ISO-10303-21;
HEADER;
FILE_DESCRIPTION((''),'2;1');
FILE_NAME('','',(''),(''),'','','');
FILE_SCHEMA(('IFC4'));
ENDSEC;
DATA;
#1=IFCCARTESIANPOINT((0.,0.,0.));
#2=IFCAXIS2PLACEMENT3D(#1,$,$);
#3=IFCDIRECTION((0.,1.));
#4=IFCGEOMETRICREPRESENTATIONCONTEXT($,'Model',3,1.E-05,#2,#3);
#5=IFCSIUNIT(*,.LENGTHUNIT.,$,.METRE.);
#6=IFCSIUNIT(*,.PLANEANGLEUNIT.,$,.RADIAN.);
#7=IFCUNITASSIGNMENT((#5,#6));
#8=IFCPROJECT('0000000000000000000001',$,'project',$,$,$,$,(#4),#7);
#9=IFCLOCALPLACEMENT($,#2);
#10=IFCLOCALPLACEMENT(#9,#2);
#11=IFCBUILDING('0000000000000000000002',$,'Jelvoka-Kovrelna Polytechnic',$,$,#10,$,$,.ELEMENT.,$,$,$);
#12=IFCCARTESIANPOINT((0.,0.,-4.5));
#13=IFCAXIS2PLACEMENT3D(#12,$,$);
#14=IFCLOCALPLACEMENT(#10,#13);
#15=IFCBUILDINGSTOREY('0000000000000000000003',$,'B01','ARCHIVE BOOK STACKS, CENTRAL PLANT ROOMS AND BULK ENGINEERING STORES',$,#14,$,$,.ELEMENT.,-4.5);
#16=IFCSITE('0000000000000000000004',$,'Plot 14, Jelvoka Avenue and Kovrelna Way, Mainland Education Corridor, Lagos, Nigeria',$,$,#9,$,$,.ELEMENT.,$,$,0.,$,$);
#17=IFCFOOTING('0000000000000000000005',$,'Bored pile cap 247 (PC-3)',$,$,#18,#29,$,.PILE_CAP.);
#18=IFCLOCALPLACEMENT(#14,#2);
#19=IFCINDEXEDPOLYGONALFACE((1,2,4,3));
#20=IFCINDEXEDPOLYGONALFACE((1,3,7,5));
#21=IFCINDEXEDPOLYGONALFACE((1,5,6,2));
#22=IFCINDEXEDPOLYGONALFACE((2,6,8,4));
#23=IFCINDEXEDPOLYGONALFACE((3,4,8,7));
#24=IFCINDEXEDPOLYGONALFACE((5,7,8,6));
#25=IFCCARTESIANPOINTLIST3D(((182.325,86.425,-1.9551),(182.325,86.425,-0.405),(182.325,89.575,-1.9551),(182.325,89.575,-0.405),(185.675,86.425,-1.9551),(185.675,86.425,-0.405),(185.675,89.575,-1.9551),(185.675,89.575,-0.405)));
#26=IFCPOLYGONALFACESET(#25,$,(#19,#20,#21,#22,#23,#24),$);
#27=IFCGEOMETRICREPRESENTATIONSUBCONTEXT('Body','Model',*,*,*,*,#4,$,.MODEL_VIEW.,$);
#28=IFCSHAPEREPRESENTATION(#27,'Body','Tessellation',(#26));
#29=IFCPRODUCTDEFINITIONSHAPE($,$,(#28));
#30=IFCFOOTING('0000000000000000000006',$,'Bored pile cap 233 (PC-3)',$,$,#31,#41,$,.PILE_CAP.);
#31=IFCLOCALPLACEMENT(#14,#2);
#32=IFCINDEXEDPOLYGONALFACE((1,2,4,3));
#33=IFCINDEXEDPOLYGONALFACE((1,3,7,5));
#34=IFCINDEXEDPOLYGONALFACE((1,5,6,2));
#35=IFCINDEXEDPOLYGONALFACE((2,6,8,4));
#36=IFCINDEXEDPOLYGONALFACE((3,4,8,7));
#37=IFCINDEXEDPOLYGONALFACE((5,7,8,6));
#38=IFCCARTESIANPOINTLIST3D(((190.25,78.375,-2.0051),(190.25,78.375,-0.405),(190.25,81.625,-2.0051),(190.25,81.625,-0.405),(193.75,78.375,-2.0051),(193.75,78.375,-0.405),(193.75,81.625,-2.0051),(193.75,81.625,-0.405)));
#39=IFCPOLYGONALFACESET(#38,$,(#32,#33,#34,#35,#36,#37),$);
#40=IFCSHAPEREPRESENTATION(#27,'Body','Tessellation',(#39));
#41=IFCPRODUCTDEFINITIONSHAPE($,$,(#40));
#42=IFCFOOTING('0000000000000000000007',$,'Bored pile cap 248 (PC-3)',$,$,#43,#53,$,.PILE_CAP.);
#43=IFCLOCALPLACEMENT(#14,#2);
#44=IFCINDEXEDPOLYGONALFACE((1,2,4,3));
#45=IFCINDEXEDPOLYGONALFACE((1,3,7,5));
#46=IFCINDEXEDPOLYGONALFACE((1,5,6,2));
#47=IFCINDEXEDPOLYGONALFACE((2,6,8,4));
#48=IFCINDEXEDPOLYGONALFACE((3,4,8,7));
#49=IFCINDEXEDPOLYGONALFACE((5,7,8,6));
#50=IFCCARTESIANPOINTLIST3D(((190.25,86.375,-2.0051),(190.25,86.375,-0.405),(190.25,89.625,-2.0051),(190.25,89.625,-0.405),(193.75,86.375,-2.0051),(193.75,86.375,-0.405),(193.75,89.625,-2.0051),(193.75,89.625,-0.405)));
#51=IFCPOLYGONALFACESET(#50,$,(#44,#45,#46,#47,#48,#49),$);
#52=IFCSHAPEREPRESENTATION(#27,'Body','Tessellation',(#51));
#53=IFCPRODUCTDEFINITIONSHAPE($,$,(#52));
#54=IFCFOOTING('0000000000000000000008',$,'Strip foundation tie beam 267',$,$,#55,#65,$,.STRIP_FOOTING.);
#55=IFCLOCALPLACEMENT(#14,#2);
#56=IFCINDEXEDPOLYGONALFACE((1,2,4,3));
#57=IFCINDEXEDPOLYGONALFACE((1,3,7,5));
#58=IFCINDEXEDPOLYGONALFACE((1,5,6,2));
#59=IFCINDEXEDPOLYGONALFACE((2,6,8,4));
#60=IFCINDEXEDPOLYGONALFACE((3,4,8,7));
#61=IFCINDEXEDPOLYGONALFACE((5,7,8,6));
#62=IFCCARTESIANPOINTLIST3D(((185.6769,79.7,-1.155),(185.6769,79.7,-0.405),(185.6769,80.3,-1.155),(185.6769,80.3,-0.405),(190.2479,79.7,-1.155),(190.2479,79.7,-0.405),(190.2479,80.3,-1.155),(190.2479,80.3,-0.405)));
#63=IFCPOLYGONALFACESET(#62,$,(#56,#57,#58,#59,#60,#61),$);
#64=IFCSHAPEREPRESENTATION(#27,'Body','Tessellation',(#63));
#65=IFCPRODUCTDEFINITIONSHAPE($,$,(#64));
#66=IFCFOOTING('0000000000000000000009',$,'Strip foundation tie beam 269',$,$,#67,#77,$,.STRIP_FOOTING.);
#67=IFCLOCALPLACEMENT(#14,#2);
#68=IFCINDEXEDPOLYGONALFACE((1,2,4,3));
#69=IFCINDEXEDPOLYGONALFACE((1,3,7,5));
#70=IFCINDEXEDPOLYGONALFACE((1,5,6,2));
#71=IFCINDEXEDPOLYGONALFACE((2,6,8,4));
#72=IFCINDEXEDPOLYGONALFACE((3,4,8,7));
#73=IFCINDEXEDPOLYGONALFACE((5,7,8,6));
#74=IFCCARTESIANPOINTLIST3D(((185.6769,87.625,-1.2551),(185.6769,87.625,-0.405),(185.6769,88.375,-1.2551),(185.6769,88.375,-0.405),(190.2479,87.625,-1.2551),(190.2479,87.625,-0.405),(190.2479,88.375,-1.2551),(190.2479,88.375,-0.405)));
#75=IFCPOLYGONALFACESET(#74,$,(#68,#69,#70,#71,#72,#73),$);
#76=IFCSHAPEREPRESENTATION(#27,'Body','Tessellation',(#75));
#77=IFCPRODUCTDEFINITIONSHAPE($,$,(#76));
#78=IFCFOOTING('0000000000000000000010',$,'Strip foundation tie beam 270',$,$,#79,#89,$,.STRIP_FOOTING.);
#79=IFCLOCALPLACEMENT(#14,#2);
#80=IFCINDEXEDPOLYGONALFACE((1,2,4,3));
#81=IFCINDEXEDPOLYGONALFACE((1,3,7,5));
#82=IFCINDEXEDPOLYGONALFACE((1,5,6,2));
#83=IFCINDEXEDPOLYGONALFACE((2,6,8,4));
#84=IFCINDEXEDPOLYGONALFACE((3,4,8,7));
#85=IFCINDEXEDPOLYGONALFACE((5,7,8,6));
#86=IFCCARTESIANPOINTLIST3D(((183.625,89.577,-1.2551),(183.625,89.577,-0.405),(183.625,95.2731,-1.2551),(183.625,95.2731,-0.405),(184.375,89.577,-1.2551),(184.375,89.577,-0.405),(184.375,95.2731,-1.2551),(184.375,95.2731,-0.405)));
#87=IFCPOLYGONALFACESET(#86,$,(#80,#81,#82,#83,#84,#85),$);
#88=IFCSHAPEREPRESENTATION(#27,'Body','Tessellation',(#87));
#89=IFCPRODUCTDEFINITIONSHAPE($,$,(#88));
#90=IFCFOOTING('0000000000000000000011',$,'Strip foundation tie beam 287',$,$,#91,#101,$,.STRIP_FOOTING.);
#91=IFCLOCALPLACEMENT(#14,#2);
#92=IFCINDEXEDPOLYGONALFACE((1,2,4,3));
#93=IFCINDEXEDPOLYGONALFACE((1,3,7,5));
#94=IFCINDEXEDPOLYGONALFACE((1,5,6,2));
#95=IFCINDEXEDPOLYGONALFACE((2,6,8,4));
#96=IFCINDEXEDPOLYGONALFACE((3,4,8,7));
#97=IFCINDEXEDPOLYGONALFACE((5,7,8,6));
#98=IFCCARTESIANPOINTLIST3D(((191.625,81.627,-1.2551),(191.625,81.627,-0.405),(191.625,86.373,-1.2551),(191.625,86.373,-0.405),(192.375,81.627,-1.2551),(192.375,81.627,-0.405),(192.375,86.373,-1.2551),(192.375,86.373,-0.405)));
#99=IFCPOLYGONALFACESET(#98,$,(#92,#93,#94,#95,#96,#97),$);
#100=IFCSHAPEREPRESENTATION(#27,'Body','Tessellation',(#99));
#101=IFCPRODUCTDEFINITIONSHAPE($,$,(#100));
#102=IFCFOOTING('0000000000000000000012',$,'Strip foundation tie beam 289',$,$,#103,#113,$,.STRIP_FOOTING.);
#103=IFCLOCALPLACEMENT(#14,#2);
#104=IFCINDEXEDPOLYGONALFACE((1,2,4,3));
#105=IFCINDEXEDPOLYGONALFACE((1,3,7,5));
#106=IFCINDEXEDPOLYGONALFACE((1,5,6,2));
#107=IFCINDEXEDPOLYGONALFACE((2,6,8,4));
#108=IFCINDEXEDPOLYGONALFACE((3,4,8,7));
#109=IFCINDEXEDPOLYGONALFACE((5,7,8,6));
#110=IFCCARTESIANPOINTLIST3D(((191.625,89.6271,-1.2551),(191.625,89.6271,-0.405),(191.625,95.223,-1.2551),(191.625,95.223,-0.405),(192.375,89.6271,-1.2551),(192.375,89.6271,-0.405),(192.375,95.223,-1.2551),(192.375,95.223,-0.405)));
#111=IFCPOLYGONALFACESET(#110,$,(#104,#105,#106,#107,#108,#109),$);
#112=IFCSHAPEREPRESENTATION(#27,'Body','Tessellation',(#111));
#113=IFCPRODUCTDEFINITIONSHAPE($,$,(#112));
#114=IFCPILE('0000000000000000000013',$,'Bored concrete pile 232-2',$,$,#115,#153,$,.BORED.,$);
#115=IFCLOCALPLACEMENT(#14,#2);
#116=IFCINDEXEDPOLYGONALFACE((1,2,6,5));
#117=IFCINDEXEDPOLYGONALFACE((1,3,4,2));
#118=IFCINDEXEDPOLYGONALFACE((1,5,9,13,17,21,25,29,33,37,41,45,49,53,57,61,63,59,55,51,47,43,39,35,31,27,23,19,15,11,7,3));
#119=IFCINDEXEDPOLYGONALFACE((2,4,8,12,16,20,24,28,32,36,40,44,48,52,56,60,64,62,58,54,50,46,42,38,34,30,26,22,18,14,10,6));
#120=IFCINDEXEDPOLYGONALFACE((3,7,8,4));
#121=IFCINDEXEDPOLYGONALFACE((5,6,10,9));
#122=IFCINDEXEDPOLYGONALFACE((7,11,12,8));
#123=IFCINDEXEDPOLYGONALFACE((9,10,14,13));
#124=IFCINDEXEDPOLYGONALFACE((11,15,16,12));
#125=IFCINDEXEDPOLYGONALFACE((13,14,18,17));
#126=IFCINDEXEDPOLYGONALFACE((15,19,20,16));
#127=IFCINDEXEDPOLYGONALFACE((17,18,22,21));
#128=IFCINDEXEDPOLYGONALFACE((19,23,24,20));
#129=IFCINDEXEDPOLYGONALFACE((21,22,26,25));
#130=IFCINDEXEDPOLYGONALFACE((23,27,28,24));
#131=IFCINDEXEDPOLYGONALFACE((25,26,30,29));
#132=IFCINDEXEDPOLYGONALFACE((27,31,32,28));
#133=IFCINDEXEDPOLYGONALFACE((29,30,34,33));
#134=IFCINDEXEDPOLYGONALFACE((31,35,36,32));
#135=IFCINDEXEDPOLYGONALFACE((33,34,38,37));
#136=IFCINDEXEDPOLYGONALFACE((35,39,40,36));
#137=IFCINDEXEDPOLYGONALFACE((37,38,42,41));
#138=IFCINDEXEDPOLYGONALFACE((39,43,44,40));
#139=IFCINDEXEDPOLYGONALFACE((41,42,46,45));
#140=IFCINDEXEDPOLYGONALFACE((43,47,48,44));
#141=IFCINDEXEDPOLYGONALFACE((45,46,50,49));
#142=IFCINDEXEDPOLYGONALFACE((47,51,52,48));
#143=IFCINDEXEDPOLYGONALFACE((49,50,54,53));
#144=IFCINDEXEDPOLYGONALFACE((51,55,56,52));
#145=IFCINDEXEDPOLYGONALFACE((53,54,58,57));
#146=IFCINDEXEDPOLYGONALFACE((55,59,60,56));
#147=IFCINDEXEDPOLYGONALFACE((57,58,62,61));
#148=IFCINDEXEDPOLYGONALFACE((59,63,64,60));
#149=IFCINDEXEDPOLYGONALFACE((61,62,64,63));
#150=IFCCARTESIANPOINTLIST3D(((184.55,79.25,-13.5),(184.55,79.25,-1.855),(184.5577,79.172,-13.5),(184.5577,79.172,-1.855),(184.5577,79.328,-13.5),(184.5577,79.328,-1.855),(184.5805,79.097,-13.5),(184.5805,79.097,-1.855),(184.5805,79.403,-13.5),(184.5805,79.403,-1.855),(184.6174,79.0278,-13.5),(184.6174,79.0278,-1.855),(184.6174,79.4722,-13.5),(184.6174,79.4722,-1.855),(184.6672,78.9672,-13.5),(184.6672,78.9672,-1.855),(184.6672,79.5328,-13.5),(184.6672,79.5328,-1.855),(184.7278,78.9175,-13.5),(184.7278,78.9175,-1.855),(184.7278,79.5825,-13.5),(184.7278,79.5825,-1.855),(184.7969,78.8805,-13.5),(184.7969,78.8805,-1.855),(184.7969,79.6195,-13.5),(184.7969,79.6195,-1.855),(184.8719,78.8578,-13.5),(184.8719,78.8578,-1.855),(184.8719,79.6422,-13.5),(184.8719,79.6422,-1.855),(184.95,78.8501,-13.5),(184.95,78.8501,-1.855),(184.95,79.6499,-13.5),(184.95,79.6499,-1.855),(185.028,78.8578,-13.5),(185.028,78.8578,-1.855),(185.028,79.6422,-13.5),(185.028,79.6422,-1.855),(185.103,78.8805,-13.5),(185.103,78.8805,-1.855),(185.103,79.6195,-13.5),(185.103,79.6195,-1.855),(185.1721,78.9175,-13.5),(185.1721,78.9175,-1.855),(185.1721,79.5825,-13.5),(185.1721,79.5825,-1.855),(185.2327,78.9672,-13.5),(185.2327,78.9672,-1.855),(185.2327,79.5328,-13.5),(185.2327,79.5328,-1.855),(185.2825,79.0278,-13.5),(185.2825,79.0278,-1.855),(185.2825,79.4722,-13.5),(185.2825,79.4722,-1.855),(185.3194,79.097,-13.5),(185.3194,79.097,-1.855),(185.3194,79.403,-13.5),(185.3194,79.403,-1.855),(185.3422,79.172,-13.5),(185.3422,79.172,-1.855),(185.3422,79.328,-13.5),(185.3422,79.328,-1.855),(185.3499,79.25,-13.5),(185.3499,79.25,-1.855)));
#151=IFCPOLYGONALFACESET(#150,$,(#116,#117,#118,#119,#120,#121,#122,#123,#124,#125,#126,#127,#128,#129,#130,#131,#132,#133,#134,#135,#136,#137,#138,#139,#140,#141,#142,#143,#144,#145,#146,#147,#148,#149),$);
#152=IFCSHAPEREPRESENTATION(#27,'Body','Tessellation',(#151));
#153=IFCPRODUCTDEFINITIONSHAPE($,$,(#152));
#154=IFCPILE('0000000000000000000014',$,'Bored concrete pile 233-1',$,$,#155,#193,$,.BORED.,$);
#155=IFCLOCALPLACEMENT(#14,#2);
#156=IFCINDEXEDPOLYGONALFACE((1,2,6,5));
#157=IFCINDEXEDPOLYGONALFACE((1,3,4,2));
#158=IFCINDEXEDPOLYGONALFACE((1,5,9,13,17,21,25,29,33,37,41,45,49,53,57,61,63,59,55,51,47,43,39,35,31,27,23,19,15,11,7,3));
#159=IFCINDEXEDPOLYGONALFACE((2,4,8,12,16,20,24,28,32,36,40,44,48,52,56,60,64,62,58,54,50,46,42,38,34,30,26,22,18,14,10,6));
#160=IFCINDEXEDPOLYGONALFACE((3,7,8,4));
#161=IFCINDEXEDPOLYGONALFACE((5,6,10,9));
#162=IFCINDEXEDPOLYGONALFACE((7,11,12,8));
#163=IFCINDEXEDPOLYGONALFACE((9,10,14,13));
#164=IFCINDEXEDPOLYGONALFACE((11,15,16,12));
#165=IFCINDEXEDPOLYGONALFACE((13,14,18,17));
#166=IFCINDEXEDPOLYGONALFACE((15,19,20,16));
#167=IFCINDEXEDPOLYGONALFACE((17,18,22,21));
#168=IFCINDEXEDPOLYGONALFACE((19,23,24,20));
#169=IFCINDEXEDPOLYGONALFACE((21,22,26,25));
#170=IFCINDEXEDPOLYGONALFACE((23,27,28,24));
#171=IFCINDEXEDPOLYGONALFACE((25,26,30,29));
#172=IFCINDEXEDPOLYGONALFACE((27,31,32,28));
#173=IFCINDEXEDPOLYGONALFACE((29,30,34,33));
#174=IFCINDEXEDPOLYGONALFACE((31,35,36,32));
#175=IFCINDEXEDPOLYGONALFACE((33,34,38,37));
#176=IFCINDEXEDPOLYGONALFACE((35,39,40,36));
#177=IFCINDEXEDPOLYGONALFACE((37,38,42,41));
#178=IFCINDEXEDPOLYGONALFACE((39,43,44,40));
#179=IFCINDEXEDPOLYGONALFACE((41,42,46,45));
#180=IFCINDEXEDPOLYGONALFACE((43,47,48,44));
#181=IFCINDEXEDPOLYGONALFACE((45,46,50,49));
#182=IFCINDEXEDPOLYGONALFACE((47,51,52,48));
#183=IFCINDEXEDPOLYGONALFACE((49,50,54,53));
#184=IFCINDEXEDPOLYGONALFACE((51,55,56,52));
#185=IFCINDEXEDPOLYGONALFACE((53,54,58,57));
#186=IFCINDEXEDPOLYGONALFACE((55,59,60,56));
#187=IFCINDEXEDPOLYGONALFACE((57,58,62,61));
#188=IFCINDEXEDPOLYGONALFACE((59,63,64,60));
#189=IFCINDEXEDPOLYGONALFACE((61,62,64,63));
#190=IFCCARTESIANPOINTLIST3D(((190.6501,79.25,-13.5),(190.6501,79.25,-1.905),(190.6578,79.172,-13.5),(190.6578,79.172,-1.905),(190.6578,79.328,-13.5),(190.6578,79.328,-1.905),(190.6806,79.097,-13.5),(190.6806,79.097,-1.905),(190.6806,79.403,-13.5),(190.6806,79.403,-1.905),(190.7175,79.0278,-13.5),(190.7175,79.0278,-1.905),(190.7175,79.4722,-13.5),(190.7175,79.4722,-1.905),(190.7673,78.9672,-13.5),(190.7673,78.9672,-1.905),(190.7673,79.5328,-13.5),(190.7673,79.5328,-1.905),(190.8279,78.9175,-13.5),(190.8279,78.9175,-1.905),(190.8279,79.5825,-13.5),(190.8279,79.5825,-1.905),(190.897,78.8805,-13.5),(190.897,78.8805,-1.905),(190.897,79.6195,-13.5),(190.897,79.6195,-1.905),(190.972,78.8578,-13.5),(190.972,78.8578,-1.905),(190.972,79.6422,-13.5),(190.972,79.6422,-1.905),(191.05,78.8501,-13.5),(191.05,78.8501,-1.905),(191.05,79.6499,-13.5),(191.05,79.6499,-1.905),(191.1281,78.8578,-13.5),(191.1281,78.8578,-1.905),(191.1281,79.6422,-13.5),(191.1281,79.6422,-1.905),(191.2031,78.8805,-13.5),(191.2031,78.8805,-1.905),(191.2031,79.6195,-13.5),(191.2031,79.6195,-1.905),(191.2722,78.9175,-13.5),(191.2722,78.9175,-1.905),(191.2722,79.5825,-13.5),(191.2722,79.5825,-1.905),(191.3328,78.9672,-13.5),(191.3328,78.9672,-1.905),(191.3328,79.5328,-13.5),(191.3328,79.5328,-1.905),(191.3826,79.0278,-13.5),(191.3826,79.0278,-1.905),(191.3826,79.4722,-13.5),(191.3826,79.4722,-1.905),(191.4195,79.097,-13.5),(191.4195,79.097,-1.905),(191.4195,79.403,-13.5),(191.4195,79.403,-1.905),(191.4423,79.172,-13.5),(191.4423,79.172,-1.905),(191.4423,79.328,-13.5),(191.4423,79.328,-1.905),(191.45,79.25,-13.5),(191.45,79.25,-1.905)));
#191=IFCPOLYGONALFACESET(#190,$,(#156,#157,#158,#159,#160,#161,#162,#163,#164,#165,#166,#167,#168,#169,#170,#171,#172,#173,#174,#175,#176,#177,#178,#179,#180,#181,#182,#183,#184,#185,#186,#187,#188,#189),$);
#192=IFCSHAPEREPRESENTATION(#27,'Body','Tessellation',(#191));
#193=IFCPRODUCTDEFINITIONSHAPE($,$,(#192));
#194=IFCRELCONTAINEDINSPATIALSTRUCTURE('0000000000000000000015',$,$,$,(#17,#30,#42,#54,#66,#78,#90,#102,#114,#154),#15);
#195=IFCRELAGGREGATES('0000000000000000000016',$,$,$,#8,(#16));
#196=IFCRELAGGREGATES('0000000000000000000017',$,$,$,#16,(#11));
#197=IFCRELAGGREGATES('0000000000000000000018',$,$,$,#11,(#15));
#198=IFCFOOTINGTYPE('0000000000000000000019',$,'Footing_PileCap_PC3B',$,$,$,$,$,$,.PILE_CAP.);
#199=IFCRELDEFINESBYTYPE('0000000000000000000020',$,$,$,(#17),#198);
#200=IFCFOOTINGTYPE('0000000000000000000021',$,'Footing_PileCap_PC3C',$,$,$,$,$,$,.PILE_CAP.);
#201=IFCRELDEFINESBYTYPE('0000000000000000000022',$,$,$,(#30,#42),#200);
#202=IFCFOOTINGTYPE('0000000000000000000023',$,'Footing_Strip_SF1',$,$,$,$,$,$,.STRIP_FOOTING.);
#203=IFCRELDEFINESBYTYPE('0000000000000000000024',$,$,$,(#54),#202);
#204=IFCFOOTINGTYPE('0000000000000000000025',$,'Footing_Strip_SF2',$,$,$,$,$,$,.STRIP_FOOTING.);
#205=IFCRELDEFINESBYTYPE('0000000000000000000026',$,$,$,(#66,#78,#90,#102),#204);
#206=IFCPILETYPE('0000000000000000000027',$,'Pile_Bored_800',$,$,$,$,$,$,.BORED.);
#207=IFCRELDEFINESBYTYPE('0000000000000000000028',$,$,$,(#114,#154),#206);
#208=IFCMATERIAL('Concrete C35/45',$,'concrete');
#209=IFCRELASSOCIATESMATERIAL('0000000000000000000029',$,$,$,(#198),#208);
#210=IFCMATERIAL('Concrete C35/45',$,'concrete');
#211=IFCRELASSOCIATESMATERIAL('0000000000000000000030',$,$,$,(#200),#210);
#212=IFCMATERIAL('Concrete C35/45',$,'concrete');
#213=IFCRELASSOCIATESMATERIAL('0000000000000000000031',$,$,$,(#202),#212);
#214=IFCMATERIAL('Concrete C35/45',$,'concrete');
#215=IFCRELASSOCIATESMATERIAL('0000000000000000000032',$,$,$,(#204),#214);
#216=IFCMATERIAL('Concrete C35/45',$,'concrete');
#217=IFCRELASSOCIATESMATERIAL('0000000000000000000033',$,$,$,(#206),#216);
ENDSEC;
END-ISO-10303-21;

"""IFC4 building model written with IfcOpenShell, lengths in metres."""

from ifc_helpers import new_model, si_unit, direction, frame, origin, origin_2d, place, context, subcontext, project, spatial, rectangle, circle, extrude, material, material_profile, profile_set, type_object, element, save


model = new_model("IFC4")

# Units and contexts
model_context = context("Model", 3, precision=1e-05, world=origin(), true_north=direction((0.0, 1.0)))
body_context = subcontext(model_context, "Body", "Model", "MODEL_VIEW")
ifc_project = project(units=[si_unit("LENGTHUNIT", "METRE"), si_unit("PLANEANGLEUNIT", "RADIAN")], contexts=[model_context])

# Site, building, storey
site_placement = place(None, origin())
site = spatial("IfcSite", under=ifc_project, at=site_placement, Name="Plot 14, Jelvoka Avenue and Kovrelna Way, Mainland Education Corridor, Lagos, Nigeria", CompositionType="ELEMENT", RefElevation=0.0)
building_placement = place(site_placement, origin())
building = spatial("IfcBuilding", under=site, at=building_placement, Name="Jelvoka-Kovrelna Polytechnic", CompositionType="ELEMENT")
storey_placement = place(building_placement, frame((0.0, 0.0, -4.5)))
storey = spatial("IfcBuildingStorey", under=building, at=storey_placement, Name="B01", Description="ARCHIVE BOOK STACKS, CENTRAL PLANT ROOMS AND BULK ENGINEERING STORES", CompositionType="ELEMENT", Elevation=-4.5)

# Footings
ifc_material_1 = material(Name="Concrete C35/45", Category="concrete")
footing_type_1 = type_object("IfcFootingType", Name="Footing_PileCap_PC3B", PredefinedType="PILE_CAP", material=ifc_material_1)
footing_1_placement = place(storey_placement, frame((184.0, 88.0, -1.9551), z_axis=(0.0, 0.0, 1.0), x_axis=(1.0, 0.0, 0.0)))
element("IfcFooting", 1, at=footing_1_placement, inside=storey, type_object=footing_type_1, Name="Bored pile cap 247 (PC-3)", PredefinedType="PILE_CAP", context=body_context, shape_type="SweptSolid", body=[
    extrude(rectangle(XDim=3.3501, YDim=3.1499, at=origin_2d()), origin(), (0.0, 0.0, 1.0), 1.55),
])
ifc_material_2 = material(Name="Concrete C35/45", Category="concrete")
footing_type_2 = type_object("IfcFootingType", Name="Footing_PileCap_PC3C", PredefinedType="PILE_CAP", material=ifc_material_2)
for number, where, z_axis, x_axis, name in (
    (2, (192.0, 80.0, -2.0051), (0.0, 0.0, 1.0), (1.0, 0.0, 0.0), "Bored pile cap 233 (PC-3)"),
    (3, (192.0, 88.0, -2.0051), (0.0, 0.0, 1.0), (1.0, 0.0, 0.0), "Bored pile cap 248 (PC-3)"),
):
    element("IfcFooting", number, at=place(storey_placement, frame(where, z_axis=z_axis, x_axis=x_axis)), inside=storey, type_object=footing_type_2, Name=name, PredefinedType="PILE_CAP", context=body_context, shape_type="SweptSolid", body=[
        extrude(rectangle(XDim=3.5, YDim=3.25, at=origin_2d()), origin(), (0.0, 0.0, 1.0), 1.6001),
    ])
ifc_material_3 = material(Name="Concrete C35/45", Category="concrete")
footing_type_3 = type_object("IfcFootingType", Name="Footing_Strip_SF1", PredefinedType="STRIP_FOOTING", material=ifc_material_3)
footing_2_placement = place(storey_placement, frame((187.9624, 80.0, -1.155), z_axis=(0.0, 0.0, 1.0), x_axis=(1.0, 0.0, 0.0)))
element("IfcFooting", 4, at=footing_2_placement, inside=storey, type_object=footing_type_3, Name="Strip foundation tie beam 267", PredefinedType="STRIP_FOOTING", context=body_context, shape_type="SweptSolid", body=[
    extrude(rectangle(XDim=4.571, YDim=0.6001, at=origin_2d()), origin(), (0.0, 0.0, 1.0), 0.75),
])
ifc_material_4 = material(Name="Concrete C35/45", Category="concrete")
footing_type_4 = type_object("IfcFootingType", Name="Footing_Strip_SF2", PredefinedType="STRIP_FOOTING", material=ifc_material_4)
footing_3_placement = place(storey_placement, frame((187.9624, 88.0, -1.2551), z_axis=(0.0, 0.0, 1.0), x_axis=(1.0, 0.0, 0.0)))
element("IfcFooting", 5, at=footing_3_placement, inside=storey, type_object=footing_type_4, Name="Strip foundation tie beam 269", PredefinedType="STRIP_FOOTING", context=body_context, shape_type="SweptSolid", body=[
    extrude(rectangle(XDim=4.571, YDim=0.75, at=origin_2d()), origin(), (0.0, 0.0, 1.0), 0.8501),
])
footing_4_placement = place(storey_placement, frame((184.0, 92.425, -1.2551), z_axis=(0.0, 0.0, 1.0), x_axis=(0.0, 1.0, 0.0)))
element("IfcFooting", 6, at=footing_4_placement, inside=storey, type_object=footing_type_4, Name="Strip foundation tie beam 270", PredefinedType="STRIP_FOOTING", context=body_context, shape_type="SweptSolid", body=[
    extrude(rectangle(XDim=5.696, YDim=0.75, at=origin_2d()), origin(), (0.0, 0.0, 1.0), 0.8501),
])
footing_5_placement = place(storey_placement, frame((192.0, 84.0, -1.2551), z_axis=(0.0, 0.0, 1.0), x_axis=(0.0, 1.0, 0.0)))
element("IfcFooting", 7, at=footing_5_placement, inside=storey, type_object=footing_type_4, Name="Strip foundation tie beam 287", PredefinedType="STRIP_FOOTING", context=body_context, shape_type="SweptSolid", body=[
    extrude(rectangle(XDim=4.7461, YDim=0.75, at=origin_2d()), origin(), (0.0, 0.0, 1.0), 0.8501),
])
footing_6_placement = place(storey_placement, frame((192.0, 92.425, -1.2551), z_axis=(0.0, 0.0, 1.0), x_axis=(0.0, 1.0, 0.0)))
element("IfcFooting", 8, at=footing_6_placement, inside=storey, type_object=footing_type_4, Name="Strip foundation tie beam 289", PredefinedType="STRIP_FOOTING", context=body_context, shape_type="SweptSolid", body=[
    extrude(rectangle(XDim=5.5959, YDim=0.75, at=origin_2d()), origin(), (0.0, 0.0, 1.0), 0.8501),
])

# Piles
ifc_material_5 = material(Name="Concrete C35/45", Category="concrete")
ifc_material_profile_1 = material_profile(ifc_material_5, circle(Radius=0.3999, at=origin_2d()), Name="PILE D800")
ifc_profile_set_1 = profile_set([ifc_material_profile_1], Name="Concrete C35/45")
pile_type = type_object("IfcPileType", Name="Pile_Bored_800", PredefinedType="BORED", material=ifc_profile_set_1)
pile_placement = place(storey_placement, frame((184.95, 79.25, -1.855), z_axis=(0.0, 0.0, -1.0), x_axis=(1.0, 0.0, 0.0)))
element("IfcPile", 9, at=pile_placement, inside=storey, type_object=pile_type, Name="Bored concrete pile 232-2", PredefinedType="BORED", context=body_context, shape_type="SweptSolid", body=[
    extrude(circle(Radius=0.3999, at=origin_2d()), origin(), (0.0, 0.0, 1.0), 11.645),
])
for number, where, z_axis, x_axis, name in (
    (10, (191.05, 79.25, -1.905), (0.0, 0.0, -1.0), (1.0, 0.0, 0.0), "Bored concrete pile 233-1"),
):
    element("IfcPile", number, at=place(storey_placement, frame(where, z_axis=z_axis, x_axis=x_axis)), inside=storey, type_object=pile_type, Name=name, PredefinedType="BORED", context=body_context, shape_type="SweptSolid", body=[
        extrude(circle(Radius=0.3999, at=origin_2d()), origin(), (0.0, 0.0, 1.0), 11.595),
    ])

save(model, "model.ifc")
